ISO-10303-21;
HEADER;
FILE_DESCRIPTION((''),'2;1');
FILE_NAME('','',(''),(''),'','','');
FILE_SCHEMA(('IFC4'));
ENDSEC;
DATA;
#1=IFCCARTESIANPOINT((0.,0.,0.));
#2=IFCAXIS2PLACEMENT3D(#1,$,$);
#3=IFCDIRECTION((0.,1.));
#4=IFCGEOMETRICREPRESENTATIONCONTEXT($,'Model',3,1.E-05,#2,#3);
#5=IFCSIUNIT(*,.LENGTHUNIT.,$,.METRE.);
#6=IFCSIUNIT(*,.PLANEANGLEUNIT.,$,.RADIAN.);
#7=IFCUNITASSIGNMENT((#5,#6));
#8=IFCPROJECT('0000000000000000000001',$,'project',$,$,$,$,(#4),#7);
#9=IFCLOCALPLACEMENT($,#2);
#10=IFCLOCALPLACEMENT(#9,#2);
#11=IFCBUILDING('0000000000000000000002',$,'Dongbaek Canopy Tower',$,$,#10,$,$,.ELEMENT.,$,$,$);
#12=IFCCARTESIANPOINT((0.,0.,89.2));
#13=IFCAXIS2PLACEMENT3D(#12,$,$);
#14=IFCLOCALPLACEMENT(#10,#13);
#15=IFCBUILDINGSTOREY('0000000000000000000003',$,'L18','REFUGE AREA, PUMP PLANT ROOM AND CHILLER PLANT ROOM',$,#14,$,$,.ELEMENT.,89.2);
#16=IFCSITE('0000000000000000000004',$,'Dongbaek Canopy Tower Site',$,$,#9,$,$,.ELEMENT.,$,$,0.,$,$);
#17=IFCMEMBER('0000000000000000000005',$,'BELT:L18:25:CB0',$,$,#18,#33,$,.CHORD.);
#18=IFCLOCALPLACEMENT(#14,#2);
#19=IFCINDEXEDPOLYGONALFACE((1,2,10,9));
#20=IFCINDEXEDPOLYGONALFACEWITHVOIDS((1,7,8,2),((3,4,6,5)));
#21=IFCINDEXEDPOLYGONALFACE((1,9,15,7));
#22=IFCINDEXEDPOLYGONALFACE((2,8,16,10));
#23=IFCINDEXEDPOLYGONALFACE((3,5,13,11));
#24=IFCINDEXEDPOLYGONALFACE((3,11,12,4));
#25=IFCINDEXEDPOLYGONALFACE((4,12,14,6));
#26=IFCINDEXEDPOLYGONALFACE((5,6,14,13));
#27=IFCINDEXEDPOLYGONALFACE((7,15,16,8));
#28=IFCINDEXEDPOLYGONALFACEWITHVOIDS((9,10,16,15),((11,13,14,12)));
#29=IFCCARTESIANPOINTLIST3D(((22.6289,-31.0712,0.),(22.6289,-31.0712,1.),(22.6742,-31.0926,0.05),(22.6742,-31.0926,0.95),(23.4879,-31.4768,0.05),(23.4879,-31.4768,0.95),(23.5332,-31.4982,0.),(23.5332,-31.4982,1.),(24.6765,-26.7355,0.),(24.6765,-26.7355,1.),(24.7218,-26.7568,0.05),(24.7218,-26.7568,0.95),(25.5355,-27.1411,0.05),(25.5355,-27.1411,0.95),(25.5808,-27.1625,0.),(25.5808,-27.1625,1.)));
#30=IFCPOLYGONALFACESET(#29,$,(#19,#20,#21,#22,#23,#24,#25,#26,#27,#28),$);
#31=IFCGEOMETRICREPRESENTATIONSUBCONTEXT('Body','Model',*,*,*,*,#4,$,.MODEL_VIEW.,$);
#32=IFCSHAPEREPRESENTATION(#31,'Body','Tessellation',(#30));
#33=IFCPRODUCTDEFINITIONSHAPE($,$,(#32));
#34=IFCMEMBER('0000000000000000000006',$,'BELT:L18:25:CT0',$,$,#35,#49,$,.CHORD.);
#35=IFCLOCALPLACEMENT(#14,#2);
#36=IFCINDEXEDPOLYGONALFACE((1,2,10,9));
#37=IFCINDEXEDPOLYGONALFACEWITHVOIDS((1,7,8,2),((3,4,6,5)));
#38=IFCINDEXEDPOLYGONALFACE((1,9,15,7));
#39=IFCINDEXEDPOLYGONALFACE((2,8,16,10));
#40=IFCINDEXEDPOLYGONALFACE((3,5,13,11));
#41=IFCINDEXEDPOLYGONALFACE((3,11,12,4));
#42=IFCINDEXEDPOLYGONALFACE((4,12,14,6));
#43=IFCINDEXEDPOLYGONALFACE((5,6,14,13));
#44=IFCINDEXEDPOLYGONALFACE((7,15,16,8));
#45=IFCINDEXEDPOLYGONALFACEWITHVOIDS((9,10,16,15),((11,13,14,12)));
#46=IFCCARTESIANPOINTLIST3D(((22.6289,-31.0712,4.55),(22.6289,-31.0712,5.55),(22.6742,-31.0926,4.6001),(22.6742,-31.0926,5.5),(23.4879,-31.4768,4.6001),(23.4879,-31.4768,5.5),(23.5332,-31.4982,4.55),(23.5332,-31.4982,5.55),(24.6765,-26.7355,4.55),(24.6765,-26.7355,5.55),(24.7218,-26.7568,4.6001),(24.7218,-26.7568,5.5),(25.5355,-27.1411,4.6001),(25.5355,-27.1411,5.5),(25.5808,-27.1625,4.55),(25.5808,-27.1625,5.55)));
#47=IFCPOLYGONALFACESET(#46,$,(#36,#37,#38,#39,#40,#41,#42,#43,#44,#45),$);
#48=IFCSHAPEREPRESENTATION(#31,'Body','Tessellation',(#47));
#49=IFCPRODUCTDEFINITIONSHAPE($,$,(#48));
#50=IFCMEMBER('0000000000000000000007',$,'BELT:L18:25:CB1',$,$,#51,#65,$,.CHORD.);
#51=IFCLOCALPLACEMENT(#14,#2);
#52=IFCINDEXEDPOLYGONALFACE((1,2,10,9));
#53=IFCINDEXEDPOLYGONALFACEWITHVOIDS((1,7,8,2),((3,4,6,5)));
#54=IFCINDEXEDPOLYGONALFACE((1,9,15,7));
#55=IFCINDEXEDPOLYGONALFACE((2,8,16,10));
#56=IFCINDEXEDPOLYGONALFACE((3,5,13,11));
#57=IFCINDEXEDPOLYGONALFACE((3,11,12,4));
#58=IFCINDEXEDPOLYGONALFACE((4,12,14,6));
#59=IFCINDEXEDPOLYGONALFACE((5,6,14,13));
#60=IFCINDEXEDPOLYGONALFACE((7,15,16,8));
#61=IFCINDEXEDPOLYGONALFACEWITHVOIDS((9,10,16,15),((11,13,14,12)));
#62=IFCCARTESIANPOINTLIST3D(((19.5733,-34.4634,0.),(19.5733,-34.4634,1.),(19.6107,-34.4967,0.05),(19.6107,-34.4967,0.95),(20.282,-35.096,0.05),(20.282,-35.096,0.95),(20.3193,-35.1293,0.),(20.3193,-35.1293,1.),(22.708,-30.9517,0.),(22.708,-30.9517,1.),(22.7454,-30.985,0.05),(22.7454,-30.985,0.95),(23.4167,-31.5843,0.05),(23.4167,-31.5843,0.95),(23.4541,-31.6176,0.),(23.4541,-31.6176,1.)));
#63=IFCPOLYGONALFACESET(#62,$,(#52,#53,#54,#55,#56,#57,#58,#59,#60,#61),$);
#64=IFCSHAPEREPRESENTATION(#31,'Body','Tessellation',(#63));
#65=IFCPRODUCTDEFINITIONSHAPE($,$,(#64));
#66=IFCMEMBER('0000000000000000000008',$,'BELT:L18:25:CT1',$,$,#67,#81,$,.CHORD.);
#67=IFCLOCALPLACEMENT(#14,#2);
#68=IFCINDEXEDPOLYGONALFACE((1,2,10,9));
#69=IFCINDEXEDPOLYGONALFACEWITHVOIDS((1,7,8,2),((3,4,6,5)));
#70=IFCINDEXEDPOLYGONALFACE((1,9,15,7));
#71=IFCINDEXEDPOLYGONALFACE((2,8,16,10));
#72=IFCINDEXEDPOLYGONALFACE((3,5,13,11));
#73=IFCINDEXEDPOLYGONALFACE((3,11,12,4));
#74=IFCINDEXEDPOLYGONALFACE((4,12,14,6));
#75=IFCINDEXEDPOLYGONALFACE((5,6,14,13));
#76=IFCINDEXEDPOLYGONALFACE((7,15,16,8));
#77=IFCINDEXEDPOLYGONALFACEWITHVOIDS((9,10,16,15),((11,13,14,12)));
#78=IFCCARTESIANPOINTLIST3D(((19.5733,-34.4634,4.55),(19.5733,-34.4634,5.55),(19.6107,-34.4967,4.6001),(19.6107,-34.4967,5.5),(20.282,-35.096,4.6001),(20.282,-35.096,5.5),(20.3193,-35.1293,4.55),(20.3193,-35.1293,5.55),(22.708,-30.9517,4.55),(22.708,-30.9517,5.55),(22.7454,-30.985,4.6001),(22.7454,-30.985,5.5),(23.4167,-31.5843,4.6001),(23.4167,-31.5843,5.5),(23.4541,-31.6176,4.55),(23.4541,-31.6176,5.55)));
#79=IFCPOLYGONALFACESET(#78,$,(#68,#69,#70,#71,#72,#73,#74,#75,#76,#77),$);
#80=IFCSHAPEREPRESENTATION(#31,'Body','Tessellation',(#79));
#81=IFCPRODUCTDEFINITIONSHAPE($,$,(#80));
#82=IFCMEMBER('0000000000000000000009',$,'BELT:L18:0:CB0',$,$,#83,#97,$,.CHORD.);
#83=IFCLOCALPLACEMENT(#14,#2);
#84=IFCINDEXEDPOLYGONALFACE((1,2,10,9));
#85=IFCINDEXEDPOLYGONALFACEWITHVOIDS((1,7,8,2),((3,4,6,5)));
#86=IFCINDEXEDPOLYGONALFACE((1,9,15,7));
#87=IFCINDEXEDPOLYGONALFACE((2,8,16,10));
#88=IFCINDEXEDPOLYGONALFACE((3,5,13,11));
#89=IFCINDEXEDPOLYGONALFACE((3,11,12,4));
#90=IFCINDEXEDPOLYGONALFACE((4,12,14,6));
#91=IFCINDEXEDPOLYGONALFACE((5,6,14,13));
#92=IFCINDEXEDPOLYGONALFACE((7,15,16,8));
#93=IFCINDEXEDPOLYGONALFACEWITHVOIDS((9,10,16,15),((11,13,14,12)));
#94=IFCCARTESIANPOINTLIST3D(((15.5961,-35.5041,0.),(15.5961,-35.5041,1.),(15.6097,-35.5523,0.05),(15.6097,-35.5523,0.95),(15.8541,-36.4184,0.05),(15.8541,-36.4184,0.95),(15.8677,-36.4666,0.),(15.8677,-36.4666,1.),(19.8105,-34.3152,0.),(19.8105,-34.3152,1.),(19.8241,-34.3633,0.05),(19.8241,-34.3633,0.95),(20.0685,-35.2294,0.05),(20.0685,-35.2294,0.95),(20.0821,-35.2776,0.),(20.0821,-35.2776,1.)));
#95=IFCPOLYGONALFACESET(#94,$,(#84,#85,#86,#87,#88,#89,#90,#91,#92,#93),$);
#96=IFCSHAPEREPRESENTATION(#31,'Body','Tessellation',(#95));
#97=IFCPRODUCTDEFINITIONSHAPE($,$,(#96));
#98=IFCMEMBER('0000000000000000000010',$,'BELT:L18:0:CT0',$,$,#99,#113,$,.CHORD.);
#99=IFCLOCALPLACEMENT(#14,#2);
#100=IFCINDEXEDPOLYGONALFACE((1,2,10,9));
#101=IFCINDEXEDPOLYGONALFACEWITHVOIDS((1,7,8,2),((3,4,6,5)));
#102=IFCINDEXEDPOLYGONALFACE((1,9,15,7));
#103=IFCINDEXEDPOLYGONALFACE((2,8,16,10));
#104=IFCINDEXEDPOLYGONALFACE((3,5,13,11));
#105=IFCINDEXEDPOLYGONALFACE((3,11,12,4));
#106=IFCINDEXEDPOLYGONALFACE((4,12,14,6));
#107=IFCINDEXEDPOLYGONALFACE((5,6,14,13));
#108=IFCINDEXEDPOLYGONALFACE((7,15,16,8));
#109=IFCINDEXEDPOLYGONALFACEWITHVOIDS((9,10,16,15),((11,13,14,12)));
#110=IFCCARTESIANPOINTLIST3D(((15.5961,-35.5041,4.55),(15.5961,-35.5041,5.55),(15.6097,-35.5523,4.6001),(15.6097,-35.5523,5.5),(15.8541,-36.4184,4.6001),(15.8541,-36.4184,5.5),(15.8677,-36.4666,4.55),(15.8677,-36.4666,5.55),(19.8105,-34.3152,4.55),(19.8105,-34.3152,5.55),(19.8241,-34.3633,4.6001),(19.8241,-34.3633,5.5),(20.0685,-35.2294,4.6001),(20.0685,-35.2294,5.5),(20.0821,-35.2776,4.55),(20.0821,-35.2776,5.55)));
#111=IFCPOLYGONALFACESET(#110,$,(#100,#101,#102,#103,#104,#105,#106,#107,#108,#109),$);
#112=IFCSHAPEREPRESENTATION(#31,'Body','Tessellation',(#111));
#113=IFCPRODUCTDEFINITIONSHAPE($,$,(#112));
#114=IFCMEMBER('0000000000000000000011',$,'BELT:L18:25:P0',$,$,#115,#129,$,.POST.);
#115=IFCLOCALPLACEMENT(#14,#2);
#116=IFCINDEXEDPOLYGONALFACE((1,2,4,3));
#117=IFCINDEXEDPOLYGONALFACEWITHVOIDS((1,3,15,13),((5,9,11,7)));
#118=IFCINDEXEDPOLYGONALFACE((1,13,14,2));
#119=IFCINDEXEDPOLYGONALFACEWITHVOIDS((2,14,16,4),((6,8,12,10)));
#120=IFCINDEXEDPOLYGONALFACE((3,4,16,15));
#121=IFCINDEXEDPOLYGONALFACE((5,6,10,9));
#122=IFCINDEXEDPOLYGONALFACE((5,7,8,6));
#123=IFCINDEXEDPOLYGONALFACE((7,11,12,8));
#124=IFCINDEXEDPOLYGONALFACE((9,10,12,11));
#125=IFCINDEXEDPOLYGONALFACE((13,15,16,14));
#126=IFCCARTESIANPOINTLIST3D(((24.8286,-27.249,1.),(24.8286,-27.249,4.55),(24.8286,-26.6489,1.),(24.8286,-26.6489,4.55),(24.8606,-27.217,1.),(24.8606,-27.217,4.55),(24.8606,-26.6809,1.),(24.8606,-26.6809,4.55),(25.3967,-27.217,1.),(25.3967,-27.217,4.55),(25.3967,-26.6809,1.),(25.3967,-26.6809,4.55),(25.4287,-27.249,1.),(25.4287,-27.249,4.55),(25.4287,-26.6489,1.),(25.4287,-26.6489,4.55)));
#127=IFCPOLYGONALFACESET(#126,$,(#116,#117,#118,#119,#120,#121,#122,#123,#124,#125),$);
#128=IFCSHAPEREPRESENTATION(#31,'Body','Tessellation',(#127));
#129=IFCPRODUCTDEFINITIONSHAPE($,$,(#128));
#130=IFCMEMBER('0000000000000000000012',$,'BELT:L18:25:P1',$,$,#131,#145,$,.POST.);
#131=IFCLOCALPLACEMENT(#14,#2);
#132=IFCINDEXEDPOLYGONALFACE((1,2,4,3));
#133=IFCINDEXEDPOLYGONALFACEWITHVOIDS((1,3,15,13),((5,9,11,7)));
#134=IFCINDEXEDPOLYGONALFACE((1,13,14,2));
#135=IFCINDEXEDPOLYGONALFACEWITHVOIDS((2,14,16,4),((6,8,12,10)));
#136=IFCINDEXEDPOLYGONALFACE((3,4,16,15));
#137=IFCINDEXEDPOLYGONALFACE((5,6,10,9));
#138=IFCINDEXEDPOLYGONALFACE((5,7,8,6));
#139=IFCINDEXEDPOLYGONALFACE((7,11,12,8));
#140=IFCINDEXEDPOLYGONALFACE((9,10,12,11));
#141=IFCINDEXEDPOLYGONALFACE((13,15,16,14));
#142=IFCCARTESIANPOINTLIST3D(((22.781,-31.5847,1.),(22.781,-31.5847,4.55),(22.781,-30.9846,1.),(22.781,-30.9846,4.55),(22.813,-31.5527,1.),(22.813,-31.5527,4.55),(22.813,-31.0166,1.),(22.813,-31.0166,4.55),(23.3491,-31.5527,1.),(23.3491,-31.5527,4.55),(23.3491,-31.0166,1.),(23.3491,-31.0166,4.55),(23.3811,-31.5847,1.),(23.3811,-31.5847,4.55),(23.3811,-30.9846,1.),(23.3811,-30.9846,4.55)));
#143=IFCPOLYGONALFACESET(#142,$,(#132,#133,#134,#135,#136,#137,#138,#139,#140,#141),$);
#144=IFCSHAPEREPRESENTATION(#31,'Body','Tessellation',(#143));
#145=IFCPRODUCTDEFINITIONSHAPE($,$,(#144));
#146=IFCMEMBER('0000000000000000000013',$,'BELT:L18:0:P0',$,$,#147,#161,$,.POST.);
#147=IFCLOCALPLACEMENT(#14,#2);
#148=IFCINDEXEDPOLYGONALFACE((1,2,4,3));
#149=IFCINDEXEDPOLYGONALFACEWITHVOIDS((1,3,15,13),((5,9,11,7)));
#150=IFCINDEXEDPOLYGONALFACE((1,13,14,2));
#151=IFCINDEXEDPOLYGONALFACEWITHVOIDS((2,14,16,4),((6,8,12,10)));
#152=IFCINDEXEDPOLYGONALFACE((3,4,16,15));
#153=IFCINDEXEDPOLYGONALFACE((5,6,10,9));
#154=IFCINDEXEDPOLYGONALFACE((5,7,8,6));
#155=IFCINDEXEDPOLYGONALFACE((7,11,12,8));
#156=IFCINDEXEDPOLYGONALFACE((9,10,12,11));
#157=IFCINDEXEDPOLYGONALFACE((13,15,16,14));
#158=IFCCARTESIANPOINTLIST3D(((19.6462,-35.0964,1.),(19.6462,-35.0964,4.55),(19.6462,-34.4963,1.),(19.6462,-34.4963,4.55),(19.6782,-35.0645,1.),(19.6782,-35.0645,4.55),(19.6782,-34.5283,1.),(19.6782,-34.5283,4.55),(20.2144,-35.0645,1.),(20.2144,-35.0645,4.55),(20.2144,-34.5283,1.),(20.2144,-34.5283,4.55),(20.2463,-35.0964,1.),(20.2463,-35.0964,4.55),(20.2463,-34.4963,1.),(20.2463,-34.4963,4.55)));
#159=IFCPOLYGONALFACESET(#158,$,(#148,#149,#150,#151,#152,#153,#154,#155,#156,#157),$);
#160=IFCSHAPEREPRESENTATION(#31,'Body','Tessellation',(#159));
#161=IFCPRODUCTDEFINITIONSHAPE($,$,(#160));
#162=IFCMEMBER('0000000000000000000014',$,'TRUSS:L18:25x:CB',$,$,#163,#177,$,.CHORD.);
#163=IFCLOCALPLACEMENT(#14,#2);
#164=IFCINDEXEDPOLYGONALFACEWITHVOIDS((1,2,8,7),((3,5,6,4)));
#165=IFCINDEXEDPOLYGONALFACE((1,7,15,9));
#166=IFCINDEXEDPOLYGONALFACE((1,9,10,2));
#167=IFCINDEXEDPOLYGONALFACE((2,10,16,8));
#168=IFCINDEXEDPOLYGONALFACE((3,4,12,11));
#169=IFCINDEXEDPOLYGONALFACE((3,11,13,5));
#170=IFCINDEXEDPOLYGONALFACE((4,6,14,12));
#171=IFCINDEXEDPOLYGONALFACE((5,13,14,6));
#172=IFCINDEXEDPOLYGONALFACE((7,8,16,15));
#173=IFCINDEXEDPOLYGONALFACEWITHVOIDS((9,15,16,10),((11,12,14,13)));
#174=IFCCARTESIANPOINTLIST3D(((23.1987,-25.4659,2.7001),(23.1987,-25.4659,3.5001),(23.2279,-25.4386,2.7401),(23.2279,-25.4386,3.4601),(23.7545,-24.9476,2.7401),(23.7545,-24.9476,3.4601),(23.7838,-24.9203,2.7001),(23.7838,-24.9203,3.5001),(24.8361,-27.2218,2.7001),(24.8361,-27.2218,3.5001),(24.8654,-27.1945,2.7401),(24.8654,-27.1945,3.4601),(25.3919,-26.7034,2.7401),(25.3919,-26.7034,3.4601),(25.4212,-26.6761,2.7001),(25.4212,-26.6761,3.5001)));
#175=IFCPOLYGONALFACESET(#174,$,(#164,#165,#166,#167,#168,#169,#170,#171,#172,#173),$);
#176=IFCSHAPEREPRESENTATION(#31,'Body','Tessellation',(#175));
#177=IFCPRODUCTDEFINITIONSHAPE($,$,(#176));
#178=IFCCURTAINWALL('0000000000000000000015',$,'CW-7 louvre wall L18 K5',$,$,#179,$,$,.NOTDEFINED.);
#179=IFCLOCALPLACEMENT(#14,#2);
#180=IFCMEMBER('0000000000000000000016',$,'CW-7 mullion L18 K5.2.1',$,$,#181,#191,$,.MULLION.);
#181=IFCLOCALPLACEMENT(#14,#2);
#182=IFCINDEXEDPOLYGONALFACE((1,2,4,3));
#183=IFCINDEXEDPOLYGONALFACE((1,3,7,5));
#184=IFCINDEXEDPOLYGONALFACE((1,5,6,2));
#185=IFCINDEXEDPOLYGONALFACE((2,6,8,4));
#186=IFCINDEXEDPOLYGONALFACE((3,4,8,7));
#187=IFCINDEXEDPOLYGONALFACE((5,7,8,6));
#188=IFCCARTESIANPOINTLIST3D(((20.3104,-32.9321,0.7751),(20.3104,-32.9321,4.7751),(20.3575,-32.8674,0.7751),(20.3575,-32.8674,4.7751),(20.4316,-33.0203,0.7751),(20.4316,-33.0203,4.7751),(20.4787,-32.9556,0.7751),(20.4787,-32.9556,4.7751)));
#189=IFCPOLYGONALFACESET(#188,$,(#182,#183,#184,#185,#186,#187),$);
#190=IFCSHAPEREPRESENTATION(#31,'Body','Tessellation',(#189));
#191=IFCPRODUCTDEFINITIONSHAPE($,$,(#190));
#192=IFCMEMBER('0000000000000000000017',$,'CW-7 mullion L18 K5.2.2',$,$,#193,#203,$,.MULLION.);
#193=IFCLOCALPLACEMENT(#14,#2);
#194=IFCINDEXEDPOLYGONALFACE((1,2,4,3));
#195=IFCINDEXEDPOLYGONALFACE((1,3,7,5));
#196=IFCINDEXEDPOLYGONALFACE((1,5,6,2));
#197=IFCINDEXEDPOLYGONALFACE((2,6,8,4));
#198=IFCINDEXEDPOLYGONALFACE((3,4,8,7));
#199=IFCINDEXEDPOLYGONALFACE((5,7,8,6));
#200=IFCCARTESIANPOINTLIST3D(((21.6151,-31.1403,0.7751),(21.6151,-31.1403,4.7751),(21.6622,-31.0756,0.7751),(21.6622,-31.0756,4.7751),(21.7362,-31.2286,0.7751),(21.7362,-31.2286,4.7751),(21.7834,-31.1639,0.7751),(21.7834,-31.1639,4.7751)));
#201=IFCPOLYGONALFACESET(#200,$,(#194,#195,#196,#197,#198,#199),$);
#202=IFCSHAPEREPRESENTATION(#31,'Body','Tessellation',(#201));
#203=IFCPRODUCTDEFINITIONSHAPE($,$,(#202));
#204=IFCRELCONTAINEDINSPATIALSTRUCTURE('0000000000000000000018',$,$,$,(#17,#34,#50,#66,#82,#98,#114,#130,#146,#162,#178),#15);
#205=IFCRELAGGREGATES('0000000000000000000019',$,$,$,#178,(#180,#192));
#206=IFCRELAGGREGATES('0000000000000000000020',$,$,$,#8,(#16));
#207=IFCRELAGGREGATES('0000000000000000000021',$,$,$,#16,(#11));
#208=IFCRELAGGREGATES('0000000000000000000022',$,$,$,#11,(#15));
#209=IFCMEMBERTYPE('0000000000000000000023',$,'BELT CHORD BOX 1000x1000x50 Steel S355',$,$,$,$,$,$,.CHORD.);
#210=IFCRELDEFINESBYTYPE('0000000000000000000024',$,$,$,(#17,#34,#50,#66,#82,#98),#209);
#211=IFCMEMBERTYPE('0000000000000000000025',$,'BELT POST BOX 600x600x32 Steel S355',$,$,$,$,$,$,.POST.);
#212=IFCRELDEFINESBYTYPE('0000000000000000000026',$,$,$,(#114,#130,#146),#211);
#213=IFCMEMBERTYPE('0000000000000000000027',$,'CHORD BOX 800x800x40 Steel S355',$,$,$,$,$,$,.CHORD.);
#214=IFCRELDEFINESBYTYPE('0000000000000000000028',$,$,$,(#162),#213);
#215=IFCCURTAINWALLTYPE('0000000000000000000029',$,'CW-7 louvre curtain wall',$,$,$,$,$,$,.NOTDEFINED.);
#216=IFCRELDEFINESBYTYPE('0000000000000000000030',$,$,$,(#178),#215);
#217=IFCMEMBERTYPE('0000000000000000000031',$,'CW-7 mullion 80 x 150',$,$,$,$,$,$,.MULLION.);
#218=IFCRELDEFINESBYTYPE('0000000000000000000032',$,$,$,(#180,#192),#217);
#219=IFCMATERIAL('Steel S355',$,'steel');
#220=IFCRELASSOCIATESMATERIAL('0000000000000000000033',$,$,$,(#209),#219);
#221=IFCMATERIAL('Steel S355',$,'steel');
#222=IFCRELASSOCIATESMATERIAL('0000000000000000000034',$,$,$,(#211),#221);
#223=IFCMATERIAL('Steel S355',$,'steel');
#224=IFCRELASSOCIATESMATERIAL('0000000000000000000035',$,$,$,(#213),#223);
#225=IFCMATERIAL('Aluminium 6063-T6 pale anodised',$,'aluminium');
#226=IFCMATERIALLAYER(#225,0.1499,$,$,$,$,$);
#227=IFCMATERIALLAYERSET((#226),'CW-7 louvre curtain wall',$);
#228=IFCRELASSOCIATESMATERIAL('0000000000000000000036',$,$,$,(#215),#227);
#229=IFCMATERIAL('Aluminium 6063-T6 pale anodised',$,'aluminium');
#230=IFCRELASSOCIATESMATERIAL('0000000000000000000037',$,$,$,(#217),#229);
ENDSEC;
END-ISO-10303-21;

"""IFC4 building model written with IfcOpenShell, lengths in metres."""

from ifc_helpers import new_model, si_unit, direction, frame, origin, origin_2d, place, context, subcontext, project, spatial, rectangle, hollow_rectangle, extrude, material, layer, layer_set, material_profile, profile_set, type_object, element, aggregate, save


model = new_model("IFC4")

# Units and contexts
model_context = context("Model", 3, precision=1e-05, world=origin(), true_north=direction((0.0, 1.0)))
body_context = subcontext(model_context, "Body", "Model", "MODEL_VIEW")
ifc_project = project(units=[si_unit("LENGTHUNIT", "METRE"), si_unit("PLANEANGLEUNIT", "RADIAN")], contexts=[model_context])

# Site, building, storey
site_placement = place(None, origin())
site = spatial("IfcSite", under=ifc_project, at=site_placement, Name="Dongbaek Canopy Tower Site", CompositionType="ELEMENT", RefElevation=0.0)
building_placement = place(site_placement, origin())
building = spatial("IfcBuilding", under=site, at=building_placement, Name="Dongbaek Canopy Tower", CompositionType="ELEMENT")
storey_placement = place(building_placement, frame((0.0, 0.0, 89.2)))
storey = spatial("IfcBuildingStorey", under=building, at=storey_placement, Name="L18", Description="REFUGE AREA, PUMP PLANT ROOM AND CHILLER PLANT ROOM", CompositionType="ELEMENT", Elevation=89.2)

# Members
ifc_material_1 = material(Name="Steel S355", Category="steel")
ifc_material_profile_1 = material_profile(ifc_material_1, hollow_rectangle(XDim=1.0, YDim=1.0, WallThickness=0.05, at=origin_2d()), Name="BELT CHORD BOX 1000x1000x50 Steel S355")
ifc_profile_set_1 = profile_set([ifc_material_profile_1], Name="Steel S355")
member_type_1 = type_object("IfcMemberType", Name="BELT CHORD BOX 1000x1000x50 Steel S355", PredefinedType="CHORD", material=ifc_profile_set_1)
for number, where, z_axis, x_axis, name in (
    (1, (25.1287, -26.949, 0.5), (-0.42704, -0.904233, 0.0), (0.904233, -0.42704, 0.0), "BELT:L18:25:CB0"),
    (2, (25.1287, -26.949, 5.05), (-0.42704, -0.904233, 0.0), (0.904233, -0.42704, 0.0), "BELT:L18:25:CT0"),
):
    element("IfcMember", number, at=place(storey_placement, frame(where, z_axis=z_axis, x_axis=x_axis)), inside=storey, type_object=member_type_1, Name=name, PredefinedType="CHORD", context=body_context, shape_type="SweptSolid", body=[
        extrude(hollow_rectangle(XDim=1.0, YDim=1.0, WallThickness=0.05, at=origin_2d()), origin(), (0.0, 0.0, 1.0), 4.7949),
    ])
for number, where, z_axis, x_axis, name in (
    (3, (23.0811, -31.2847, 0.5), (-0.665933, -0.746011, 0.0), (0.746011, -0.665933, 0.0), "BELT:L18:25:CB1"),
    (4, (23.0811, -31.2847, 5.05), (-0.665933, -0.746011, 0.0), (0.746011, -0.665933, 0.0), "BELT:L18:25:CT1"),
):
    element("IfcMember", number, at=place(storey_placement, frame(where, z_axis=z_axis, x_axis=x_axis)), inside=storey, type_object=member_type_1, Name=name, PredefinedType="CHORD", context=body_context, shape_type="SweptSolid", body=[
        extrude(hollow_rectangle(XDim=1.0, YDim=1.0, WallThickness=0.05, at=origin_2d()), origin(), (0.0, 0.0, 1.0), 4.7073),
    ])
for number, where, z_axis, x_axis, name in (
    (5, (19.9463, -34.7964, 0.5), (-0.962432, -0.271524, 0.0), (0.271524, -0.962432, 0.0), "BELT:L18:0:CB0"),
    (6, (19.9463, -34.7964, 5.05), (-0.962432, -0.271524, 0.0), (0.271524, -0.962432, 0.0), "BELT:L18:0:CT0"),
):
    element("IfcMember", number, at=place(storey_placement, frame(where, z_axis=z_axis, x_axis=x_axis)), inside=storey, type_object=member_type_1, Name=name, PredefinedType="CHORD", context=body_context, shape_type="SweptSolid", body=[
        extrude(hollow_rectangle(XDim=1.0, YDim=1.0, WallThickness=0.05, at=origin_2d()), origin(), (0.0, 0.0, 1.0), 4.3789),
    ])
ifc_material_2 = material(Name="Steel S355", Category="steel")
ifc_material_profile_2 = material_profile(ifc_material_2, hollow_rectangle(XDim=0.6001, YDim=0.6001, WallThickness=0.032, at=origin_2d()), Name="BELT POST BOX 600x600x32 Steel S355")
ifc_profile_set_2 = profile_set([ifc_material_profile_2], Name="Steel S355")
member_type_2 = type_object("IfcMemberType", Name="BELT POST BOX 600x600x32 Steel S355", PredefinedType="POST", material=ifc_profile_set_2)
for number, where, z_axis, x_axis, name in (
    (7, (25.1287, -26.949, 1.0), (0.0, 0.0, 1.0), (1.0, 0.0, 0.0), "BELT:L18:25:P0"),
    (8, (23.0811, -31.2847, 1.0), (0.0, 0.0, 1.0), (1.0, 0.0, 0.0), "BELT:L18:25:P1"),
    (9, (19.9463, -34.7964, 1.0), (0.0, 0.0, 1.0), (1.0, 0.0, 0.0), "BELT:L18:0:P0"),
):
    element("IfcMember", number, at=place(storey_placement, frame(where, z_axis=z_axis, x_axis=x_axis)), inside=storey, type_object=member_type_2, Name=name, PredefinedType="POST", context=body_context, shape_type="SweptSolid", body=[
        extrude(hollow_rectangle(XDim=0.6001, YDim=0.6001, WallThickness=0.032, at=origin_2d()), origin(), (0.0, 0.0, 1.0), 3.55),
    ])
ifc_material_3 = material(Name="Steel S355", Category="steel")
ifc_material_profile_3 = material_profile(ifc_material_3, hollow_rectangle(XDim=0.8, YDim=0.8, WallThickness=0.04, at=origin_2d()), Name="CHORD BOX 800x800x40 Steel S355")
ifc_profile_set_3 = profile_set([ifc_material_profile_3], Name="Steel S355")
member_type_3 = type_object("IfcMemberType", Name="CHORD BOX 800x800x40 Steel S355", PredefinedType="CHORD", material=ifc_profile_set_3)
member_1_placement = place(storey_placement, frame((23.4912, -25.1931, 3.1001), z_axis=(0.682017, -0.731336, 0.0), x_axis=(0.731336, 0.682017, 0.0)))
element("IfcMember", 10, at=member_1_placement, inside=storey, type_object=member_type_3, Name="TRUSS:L18:25x:CB", PredefinedType="CHORD", context=body_context, shape_type="SweptSolid", body=[
    extrude(hollow_rectangle(XDim=0.8, YDim=0.8, WallThickness=0.04, at=origin_2d()), origin(), (0.0, 0.0, 1.0), 2.4009),
])

# Curtain wall, members
ifc_material_4 = material(Name="Aluminium 6063-T6 pale anodised", Category="aluminium")
ifc_layer_1 = layer(ifc_material_4, 0.1499)
ifc_layer_set_1 = layer_set([ifc_layer_1], Name="CW-7 louvre curtain wall")
curtain_wall_type = type_object("IfcCurtainWallType", Name="CW-7 louvre curtain wall", PredefinedType="NOTDEFINED", material=ifc_layer_set_1)
curtain_wall_1_placement = place(storey_placement, origin())
curtain_wall_1 = element("IfcCurtainWall", 11, at=curtain_wall_1_placement, inside=storey, type_object=curtain_wall_type, Name="CW-7 louvre wall L18 K5", PredefinedType="NOTDEFINED")
ifc_material_5 = material(Name="Aluminium 6063-T6 pale anodised", Category="aluminium")
ifc_material_profile_4 = material_profile(ifc_material_5, rectangle(XDim=0.1499, YDim=0.0801, at=origin_2d()), Name="CW-7 mullion 80 x 150")
ifc_profile_set_4 = profile_set([ifc_material_profile_4], Name="Aluminium 6063-T6 pale anodised")
member_type_4 = type_object("IfcMemberType", Name="CW-7 mullion 80 x 150", PredefinedType="MULLION", material=ifc_profile_set_4)
member_2_placement = place(storey_placement, frame((20.3945, -32.9438, 0.7751), z_axis=(0.0, 0.0, 1.0), x_axis=(0.808386, -0.588653, 0.0)))
member_2 = element("IfcMember", 12, at=member_2_placement, type_object=member_type_4, Name="CW-7 mullion L18 K5.2.1", PredefinedType="MULLION", context=body_context, shape_type="SweptSolid", body=[
    extrude(rectangle(XDim=0.1499, YDim=0.0801, at=origin_2d()), origin(), (0.0, 0.0, 1.0), 4.0),
])
member_3_placement = place(storey_placement, frame((21.6992, -31.1521, 0.7751), z_axis=(0.0, 0.0, 1.0), x_axis=(0.808386, -0.588653, 0.0)))
member_3 = element("IfcMember", 13, at=member_3_placement, type_object=member_type_4, Name="CW-7 mullion L18 K5.2.2", PredefinedType="MULLION", context=body_context, shape_type="SweptSolid", body=[
    extrude(rectangle(XDim=0.1499, YDim=0.0801, at=origin_2d()), origin(), (0.0, 0.0, 1.0), 4.0),
])

aggregate(curtain_wall_1, [member_2, member_3])

save(model, "model.ifc")
